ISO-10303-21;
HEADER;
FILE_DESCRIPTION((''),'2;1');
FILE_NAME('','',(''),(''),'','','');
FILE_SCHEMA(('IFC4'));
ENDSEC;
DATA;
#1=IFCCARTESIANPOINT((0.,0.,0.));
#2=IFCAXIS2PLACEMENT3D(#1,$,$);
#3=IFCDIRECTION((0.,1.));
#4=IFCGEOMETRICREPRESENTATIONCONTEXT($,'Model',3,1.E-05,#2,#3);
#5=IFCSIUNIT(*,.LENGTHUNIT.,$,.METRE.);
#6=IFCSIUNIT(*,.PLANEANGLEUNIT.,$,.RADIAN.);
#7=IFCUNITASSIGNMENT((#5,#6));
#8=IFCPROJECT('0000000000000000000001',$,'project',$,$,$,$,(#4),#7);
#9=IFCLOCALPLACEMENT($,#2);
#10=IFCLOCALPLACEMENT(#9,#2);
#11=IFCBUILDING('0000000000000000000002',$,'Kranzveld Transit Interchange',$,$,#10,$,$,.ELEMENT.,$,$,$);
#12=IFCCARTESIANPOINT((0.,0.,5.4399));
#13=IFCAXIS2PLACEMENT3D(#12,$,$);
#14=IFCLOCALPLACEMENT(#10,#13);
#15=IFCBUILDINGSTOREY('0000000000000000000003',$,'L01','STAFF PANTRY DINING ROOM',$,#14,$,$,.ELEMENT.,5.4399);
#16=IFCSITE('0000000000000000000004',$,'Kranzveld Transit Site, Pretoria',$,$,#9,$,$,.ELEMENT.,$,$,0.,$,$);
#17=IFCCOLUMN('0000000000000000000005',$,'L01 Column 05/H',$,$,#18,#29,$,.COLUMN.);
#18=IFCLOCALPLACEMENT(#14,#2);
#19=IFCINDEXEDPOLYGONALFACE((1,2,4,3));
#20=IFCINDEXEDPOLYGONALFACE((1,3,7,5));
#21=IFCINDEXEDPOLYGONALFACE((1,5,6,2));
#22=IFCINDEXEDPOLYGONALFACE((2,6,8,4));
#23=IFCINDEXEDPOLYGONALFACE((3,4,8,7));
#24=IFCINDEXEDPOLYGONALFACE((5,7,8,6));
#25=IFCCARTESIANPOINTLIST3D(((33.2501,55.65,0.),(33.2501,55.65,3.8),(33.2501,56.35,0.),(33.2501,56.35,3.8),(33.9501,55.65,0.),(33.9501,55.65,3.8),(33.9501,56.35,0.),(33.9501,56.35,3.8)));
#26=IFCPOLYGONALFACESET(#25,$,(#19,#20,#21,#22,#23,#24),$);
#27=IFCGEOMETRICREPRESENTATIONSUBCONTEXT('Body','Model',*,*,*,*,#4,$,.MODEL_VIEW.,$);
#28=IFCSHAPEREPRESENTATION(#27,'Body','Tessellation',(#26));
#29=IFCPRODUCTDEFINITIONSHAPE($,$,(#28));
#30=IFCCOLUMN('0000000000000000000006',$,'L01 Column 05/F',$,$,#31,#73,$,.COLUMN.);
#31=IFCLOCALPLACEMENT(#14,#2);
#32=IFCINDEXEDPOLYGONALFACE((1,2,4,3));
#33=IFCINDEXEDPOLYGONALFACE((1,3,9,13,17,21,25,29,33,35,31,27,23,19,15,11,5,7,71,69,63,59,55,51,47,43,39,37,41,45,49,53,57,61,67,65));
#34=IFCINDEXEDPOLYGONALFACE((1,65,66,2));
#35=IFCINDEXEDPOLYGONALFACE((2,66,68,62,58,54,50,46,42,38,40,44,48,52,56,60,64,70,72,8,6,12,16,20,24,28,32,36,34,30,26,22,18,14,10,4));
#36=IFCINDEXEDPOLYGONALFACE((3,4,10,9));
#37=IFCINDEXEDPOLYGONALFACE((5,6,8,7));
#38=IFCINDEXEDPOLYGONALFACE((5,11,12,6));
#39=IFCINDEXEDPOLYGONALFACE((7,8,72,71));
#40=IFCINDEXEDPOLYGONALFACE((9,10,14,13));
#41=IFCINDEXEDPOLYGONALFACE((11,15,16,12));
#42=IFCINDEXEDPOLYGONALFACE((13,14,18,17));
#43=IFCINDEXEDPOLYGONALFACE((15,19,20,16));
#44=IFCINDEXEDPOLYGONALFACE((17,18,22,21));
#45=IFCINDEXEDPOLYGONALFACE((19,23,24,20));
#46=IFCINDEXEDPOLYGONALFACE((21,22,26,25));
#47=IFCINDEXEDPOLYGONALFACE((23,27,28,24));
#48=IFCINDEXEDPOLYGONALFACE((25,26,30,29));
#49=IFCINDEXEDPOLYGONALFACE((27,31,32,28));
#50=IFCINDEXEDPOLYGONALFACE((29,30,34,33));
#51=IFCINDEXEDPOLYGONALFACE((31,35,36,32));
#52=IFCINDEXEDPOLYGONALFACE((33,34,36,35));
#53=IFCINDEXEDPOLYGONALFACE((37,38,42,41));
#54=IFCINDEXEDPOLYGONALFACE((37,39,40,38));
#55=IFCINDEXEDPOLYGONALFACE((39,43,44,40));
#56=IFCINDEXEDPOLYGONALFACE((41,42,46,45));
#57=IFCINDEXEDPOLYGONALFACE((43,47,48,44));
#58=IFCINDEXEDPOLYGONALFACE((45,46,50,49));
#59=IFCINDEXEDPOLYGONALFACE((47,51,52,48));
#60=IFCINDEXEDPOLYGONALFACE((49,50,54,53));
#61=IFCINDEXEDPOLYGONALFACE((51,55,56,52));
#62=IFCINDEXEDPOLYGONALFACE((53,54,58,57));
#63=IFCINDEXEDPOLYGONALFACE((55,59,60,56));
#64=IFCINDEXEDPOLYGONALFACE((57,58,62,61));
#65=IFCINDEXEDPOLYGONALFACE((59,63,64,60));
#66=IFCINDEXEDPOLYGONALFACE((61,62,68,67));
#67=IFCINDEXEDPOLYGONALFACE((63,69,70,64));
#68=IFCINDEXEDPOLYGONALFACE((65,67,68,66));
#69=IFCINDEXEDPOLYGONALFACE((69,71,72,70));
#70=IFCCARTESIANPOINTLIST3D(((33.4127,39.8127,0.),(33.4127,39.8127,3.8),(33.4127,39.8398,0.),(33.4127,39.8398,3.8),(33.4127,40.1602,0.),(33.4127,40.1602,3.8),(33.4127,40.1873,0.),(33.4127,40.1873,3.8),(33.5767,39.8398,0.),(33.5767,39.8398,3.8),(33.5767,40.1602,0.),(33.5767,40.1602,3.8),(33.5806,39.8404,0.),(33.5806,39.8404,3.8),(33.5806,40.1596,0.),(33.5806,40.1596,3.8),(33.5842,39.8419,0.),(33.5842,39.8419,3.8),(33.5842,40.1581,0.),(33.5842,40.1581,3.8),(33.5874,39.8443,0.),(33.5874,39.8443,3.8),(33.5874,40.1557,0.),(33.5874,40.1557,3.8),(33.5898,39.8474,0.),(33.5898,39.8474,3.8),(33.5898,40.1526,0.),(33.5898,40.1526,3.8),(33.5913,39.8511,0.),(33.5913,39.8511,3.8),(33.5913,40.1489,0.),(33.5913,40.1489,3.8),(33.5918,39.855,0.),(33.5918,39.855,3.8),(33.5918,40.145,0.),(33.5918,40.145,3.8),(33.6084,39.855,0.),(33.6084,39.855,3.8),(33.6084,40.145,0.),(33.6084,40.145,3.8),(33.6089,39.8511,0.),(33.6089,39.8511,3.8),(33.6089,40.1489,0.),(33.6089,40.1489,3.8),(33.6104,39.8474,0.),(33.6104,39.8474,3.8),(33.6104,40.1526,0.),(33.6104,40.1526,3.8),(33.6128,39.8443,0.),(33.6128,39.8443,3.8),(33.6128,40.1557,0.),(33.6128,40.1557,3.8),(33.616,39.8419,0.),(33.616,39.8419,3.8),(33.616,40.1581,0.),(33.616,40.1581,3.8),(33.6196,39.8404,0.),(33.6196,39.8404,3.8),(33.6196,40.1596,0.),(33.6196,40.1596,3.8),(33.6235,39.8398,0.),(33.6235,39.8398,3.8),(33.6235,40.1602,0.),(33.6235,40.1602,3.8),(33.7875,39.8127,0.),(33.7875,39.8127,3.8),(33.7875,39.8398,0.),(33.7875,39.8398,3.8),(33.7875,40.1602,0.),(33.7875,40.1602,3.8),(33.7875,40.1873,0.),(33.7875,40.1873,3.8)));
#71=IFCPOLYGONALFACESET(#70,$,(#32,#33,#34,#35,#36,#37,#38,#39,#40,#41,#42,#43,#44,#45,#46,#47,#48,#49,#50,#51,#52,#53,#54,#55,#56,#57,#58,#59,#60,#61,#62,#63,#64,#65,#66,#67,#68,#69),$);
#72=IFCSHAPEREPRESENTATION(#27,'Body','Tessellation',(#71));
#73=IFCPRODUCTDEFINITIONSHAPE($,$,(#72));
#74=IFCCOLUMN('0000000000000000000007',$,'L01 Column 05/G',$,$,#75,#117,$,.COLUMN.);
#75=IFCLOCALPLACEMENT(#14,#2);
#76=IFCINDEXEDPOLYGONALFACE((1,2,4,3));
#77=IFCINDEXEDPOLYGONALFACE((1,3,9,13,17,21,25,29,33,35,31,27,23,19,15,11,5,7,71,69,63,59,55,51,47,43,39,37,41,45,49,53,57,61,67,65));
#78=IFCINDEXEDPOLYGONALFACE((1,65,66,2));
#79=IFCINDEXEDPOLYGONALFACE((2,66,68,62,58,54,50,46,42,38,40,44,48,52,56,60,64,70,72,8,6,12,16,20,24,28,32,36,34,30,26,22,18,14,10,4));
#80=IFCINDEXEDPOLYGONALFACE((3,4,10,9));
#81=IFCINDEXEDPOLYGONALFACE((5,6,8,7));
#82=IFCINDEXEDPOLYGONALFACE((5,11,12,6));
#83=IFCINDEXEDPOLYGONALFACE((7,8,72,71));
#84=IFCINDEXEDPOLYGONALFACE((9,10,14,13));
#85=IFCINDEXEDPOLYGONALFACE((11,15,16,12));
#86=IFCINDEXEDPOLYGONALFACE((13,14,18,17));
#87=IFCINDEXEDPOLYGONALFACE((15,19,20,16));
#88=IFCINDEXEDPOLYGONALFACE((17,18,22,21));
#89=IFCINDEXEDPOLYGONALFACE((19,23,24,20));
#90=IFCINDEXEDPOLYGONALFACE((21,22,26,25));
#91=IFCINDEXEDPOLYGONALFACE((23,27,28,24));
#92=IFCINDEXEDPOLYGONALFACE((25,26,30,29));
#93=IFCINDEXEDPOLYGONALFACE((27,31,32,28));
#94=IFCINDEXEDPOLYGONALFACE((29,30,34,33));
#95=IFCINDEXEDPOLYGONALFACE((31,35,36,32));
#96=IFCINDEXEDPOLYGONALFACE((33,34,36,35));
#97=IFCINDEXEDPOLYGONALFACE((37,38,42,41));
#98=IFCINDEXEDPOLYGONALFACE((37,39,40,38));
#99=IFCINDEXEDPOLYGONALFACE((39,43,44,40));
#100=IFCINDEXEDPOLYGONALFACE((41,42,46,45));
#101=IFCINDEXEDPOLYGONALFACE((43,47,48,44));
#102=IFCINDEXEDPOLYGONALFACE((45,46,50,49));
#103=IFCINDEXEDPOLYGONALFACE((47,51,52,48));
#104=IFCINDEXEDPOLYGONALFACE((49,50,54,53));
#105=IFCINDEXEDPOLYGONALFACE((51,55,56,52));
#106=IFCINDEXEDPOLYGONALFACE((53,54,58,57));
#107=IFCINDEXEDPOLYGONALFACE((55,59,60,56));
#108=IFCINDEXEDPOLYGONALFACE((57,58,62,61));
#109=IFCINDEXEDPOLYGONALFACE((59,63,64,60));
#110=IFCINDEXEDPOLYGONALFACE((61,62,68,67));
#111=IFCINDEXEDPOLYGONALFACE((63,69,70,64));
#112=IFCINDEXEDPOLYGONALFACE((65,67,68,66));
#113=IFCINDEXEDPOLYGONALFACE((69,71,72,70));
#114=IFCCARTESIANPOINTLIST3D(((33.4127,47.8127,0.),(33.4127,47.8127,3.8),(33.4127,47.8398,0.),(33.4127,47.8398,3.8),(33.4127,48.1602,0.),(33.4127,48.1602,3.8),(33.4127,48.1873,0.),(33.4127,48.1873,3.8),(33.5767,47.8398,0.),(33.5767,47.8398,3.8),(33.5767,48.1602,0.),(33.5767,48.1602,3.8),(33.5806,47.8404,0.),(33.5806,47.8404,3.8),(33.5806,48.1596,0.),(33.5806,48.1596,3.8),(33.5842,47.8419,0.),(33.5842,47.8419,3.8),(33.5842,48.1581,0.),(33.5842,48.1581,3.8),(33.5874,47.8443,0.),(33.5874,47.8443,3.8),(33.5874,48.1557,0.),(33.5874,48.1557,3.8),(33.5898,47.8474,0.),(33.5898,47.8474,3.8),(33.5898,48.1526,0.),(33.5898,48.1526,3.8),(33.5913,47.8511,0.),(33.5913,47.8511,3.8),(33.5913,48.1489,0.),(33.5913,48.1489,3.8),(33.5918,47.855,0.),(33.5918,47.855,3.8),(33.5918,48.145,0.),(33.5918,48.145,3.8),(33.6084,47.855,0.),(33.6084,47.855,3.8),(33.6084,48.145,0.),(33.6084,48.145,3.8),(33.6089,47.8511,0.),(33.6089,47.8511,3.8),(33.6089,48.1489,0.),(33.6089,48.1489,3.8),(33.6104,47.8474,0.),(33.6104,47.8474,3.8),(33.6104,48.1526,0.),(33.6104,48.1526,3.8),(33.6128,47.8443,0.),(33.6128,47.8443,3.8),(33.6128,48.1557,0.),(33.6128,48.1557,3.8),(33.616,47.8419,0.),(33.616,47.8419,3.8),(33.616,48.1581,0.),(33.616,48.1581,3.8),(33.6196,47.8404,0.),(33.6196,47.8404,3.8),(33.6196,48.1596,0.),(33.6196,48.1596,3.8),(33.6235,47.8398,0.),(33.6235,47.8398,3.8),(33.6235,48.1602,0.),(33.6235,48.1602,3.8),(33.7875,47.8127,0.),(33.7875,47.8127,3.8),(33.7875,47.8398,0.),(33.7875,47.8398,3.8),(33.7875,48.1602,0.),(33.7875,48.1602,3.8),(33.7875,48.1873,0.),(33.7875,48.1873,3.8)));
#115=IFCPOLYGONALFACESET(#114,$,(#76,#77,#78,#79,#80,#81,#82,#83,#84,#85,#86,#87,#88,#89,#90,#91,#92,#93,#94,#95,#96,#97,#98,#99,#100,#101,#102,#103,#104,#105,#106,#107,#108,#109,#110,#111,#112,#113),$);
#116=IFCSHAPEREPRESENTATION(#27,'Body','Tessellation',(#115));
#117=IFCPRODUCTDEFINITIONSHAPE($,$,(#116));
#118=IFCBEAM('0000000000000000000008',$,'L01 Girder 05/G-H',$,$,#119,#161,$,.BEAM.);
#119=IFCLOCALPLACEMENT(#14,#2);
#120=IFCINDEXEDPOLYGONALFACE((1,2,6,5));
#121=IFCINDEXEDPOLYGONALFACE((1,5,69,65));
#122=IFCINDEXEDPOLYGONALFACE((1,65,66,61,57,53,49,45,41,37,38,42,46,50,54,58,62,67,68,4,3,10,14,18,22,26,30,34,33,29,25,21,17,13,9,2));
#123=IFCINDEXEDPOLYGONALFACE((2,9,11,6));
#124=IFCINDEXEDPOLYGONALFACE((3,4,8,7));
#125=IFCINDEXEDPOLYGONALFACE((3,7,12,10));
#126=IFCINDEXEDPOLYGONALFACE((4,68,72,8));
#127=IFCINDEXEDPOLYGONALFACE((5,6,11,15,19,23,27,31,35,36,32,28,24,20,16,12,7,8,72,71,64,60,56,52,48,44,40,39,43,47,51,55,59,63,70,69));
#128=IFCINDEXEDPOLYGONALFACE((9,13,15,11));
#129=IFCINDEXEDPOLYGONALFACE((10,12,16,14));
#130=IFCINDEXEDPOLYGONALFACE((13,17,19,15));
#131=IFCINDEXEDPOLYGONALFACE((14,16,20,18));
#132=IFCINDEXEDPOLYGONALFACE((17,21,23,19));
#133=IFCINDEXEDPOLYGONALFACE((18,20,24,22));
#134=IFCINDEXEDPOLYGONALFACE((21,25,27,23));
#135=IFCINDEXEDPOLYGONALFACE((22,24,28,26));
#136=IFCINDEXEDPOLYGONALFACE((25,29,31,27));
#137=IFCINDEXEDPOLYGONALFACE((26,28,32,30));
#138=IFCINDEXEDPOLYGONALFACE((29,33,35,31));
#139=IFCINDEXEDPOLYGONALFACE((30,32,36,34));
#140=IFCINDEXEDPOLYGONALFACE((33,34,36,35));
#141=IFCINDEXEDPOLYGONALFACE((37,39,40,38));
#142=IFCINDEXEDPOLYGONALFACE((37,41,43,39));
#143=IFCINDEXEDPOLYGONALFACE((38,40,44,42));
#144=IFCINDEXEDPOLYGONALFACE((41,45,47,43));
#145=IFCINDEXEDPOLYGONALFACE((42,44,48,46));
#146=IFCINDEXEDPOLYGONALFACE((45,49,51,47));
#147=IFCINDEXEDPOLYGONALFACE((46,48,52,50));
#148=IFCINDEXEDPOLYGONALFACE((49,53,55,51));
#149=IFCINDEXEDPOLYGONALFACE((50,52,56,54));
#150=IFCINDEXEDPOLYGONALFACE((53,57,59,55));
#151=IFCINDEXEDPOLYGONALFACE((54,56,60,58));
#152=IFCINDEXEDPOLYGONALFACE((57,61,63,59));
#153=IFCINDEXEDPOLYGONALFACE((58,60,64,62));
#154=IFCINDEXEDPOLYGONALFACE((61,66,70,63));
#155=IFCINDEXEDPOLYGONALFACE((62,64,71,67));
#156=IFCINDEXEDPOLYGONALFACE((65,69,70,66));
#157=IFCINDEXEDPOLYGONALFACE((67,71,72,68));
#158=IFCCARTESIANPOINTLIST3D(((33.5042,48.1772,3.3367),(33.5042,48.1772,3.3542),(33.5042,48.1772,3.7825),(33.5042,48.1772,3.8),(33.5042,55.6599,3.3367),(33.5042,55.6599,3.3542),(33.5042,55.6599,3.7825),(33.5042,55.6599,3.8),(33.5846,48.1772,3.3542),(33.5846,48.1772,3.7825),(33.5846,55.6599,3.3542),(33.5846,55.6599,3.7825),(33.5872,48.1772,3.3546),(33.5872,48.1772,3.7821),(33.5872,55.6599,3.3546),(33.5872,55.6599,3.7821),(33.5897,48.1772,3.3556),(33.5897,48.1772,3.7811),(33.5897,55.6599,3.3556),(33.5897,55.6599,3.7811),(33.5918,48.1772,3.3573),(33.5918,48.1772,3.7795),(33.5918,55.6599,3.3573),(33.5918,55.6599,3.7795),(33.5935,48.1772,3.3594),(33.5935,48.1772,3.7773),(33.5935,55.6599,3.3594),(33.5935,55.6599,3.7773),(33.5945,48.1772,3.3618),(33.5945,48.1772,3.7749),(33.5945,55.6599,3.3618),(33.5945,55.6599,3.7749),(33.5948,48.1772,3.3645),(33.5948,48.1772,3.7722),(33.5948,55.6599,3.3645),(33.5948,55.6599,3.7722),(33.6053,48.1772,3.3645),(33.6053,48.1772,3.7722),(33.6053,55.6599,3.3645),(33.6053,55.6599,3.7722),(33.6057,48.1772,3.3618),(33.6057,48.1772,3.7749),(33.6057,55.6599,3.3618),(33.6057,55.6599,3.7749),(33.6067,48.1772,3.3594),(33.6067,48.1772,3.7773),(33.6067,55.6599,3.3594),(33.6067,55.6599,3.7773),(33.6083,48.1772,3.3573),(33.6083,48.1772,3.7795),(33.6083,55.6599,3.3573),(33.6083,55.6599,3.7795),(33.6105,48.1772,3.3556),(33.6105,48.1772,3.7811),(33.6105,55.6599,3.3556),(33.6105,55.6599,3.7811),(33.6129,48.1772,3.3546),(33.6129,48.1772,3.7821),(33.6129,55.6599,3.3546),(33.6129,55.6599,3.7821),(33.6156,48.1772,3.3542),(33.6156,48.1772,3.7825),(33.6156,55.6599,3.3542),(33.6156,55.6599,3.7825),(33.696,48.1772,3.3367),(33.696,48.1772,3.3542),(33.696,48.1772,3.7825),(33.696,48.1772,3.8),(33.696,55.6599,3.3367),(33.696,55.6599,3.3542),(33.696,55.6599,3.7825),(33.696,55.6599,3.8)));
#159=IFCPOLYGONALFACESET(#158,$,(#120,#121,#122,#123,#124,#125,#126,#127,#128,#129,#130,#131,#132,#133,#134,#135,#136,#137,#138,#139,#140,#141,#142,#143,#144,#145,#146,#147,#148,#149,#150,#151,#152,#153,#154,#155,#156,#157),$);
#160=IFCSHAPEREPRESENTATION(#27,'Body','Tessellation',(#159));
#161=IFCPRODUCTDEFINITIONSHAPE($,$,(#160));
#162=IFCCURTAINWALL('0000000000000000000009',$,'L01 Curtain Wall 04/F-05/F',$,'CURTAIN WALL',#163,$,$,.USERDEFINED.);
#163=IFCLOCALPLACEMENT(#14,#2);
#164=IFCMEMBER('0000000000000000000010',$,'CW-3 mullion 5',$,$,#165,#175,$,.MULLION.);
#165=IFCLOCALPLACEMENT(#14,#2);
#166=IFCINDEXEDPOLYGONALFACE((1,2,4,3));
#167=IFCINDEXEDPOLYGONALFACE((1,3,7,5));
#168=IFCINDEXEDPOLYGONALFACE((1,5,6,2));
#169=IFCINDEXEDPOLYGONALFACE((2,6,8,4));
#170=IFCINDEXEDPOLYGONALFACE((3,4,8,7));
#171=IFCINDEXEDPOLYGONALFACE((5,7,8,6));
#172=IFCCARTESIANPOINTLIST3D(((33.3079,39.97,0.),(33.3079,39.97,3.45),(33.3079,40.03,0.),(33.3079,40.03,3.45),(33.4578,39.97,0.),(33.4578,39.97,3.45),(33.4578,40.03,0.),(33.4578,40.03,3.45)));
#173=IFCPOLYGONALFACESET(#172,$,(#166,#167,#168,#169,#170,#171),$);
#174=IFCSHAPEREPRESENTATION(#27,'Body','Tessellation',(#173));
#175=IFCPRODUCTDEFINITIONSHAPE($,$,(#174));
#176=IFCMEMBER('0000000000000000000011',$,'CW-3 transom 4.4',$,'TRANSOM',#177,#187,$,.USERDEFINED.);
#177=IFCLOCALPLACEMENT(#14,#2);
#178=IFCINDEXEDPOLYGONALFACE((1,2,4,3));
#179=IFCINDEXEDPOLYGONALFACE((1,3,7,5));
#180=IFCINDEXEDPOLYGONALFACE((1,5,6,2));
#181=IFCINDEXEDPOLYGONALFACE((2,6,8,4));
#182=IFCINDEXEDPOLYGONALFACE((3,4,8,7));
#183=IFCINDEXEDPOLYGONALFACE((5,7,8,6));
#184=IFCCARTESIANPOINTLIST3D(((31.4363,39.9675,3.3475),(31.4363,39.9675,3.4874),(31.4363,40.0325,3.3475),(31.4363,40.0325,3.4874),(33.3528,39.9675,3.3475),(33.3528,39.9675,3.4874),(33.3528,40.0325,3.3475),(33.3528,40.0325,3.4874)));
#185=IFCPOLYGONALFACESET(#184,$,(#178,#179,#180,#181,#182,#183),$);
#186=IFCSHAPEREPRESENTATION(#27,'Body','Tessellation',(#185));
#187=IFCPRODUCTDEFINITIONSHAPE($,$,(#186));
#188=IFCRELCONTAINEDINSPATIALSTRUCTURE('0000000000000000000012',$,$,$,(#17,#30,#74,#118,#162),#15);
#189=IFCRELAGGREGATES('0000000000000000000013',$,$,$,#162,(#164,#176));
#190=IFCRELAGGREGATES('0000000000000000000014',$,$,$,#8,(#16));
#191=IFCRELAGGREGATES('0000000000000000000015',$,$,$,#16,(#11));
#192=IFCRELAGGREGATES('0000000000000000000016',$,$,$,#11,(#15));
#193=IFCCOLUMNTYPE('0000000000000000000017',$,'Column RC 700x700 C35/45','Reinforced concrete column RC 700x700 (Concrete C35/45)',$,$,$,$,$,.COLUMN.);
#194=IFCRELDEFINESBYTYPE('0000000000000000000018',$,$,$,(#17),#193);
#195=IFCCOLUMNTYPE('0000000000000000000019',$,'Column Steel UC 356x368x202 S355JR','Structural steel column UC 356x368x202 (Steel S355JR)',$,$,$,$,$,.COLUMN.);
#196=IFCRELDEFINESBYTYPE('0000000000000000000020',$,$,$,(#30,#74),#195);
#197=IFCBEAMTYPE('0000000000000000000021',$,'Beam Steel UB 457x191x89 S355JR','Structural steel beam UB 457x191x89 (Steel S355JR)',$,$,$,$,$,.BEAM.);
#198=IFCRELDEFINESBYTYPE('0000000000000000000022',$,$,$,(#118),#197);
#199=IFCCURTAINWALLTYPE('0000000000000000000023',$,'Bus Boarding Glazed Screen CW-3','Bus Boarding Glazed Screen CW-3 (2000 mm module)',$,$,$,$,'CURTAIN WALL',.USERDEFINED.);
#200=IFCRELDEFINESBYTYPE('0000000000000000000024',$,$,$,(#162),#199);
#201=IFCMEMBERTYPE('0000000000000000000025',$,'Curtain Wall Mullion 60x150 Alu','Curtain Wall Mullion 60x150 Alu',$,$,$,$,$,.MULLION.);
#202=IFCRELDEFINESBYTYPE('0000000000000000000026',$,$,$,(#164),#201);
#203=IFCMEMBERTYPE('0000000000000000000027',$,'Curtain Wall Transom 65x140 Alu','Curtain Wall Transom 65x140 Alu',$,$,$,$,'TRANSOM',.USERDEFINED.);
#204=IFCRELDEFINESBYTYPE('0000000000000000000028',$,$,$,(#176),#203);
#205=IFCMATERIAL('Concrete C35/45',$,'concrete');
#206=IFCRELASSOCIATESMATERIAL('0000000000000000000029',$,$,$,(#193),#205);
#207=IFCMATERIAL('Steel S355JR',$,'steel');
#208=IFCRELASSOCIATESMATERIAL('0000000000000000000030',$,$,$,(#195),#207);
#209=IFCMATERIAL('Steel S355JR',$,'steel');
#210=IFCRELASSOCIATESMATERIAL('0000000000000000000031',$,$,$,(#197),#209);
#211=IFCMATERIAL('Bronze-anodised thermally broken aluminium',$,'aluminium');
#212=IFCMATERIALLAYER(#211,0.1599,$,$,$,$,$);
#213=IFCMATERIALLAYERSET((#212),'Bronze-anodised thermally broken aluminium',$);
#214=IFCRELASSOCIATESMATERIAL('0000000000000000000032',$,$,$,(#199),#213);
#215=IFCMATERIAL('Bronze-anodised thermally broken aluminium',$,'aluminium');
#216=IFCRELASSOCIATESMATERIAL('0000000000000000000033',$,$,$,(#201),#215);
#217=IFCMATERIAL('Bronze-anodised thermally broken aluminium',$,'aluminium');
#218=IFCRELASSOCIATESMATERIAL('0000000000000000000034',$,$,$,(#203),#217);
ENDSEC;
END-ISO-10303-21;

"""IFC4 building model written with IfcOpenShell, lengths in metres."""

from ifc_helpers import new_model, si_unit, direction, frame, origin, origin_2d, place, context, subcontext, project, spatial, rectangle, i_section, extrude, material, layer, layer_set, material_profile, profile_set, type_object, element, aggregate, save


model = new_model("IFC4")

# Units and contexts
model_context = context("Model", 3, precision=1e-05, world=origin(), true_north=direction((0.0, 1.0)))
body_context = subcontext(model_context, "Body", "Model", "MODEL_VIEW")
ifc_project = project(units=[si_unit("LENGTHUNIT", "METRE"), si_unit("PLANEANGLEUNIT", "RADIAN")], contexts=[model_context])

# Site, building, storey
site_placement = place(None, origin())
site = spatial("IfcSite", under=ifc_project, at=site_placement, Name="Kranzveld Transit Site, Pretoria", CompositionType="ELEMENT", RefElevation=0.0)
building_placement = place(site_placement, origin())
building = spatial("IfcBuilding", under=site, at=building_placement, Name="Kranzveld Transit Interchange", CompositionType="ELEMENT")
storey_placement = place(building_placement, frame((0.0, 0.0, 5.4399)))
storey = spatial("IfcBuildingStorey", under=building, at=storey_placement, Name="L01", Description="STAFF PANTRY DINING ROOM", CompositionType="ELEMENT", Elevation=5.4399)

# Columns
ifc_material_1 = material(Name="Concrete C35/45", Category="concrete")
ifc_material_profile_1 = material_profile(ifc_material_1, rectangle(XDim=0.7, YDim=0.7, at=origin_2d()), Name="RC 700x700")
ifc_profile_set_1 = profile_set([ifc_material_profile_1], Name="Concrete C35/45")
column_type_1 = type_object("IfcColumnType", Name="Column RC 700x700 C35/45", Description="Reinforced concrete column RC 700x700 (Concrete C35/45)", PredefinedType="COLUMN", material=ifc_profile_set_1)
column_placement = place(storey_placement, frame((33.6001, 56.0, 0.0), z_axis=(0.0, 0.0, 1.0), x_axis=(1.0, 0.0, 0.0)))
element("IfcColumn", 1, at=column_placement, inside=storey, type_object=column_type_1, Name="L01 Column 05/H", PredefinedType="COLUMN", context=body_context, shape_type="SweptSolid", body=[
    extrude(rectangle(XDim=0.7, YDim=0.7, at=origin_2d()), origin(), (0.0, 0.0, 1.0), 3.8),
])
ifc_material_2 = material(Name="Steel S355JR", Category="steel")
ifc_material_profile_2 = material_profile(ifc_material_2, i_section(OverallWidth=0.3748, OverallDepth=0.3745, WebThickness=0.0166, FlangeThickness=0.0271, FilletRadius=0.0151, at=origin_2d()), Name="UC 356x368x202")
ifc_profile_set_2 = profile_set([ifc_material_profile_2], Name="Steel S355JR")
column_type_2 = type_object("IfcColumnType", Name="Column Steel UC 356x368x202 S355JR", Description="Structural steel column UC 356x368x202 (Steel S355JR)", PredefinedType="COLUMN", material=ifc_profile_set_2)
for number, where, z_axis, x_axis, name in (
    (2, (33.6001, 40.0, 0.0), (0.0, 0.0, 1.0), (1.0, 0.0, 0.0), "L01 Column 05/F"),
    (3, (33.6001, 48.0, 0.0), (0.0, 0.0, 1.0), (1.0, 0.0, 0.0), "L01 Column 05/G"),
):
    element("IfcColumn", number, at=place(storey_placement, frame(where, z_axis=z_axis, x_axis=x_axis)), inside=storey, type_object=column_type_2, Name=name, PredefinedType="COLUMN", context=body_context, shape_type="SweptSolid", body=[
        extrude(i_section(OverallWidth=0.3748, OverallDepth=0.3745, WebThickness=0.0166, FlangeThickness=0.0271, FilletRadius=0.0151, at=origin_2d()), origin(), (0.0, 0.0, 1.0), 3.8),
    ])

# Beam
ifc_material_3 = material(Name="Steel S355JR", Category="steel")
ifc_material_profile_3 = material_profile(ifc_material_3, i_section(OverallWidth=0.1919, OverallDepth=0.4634, WebThickness=0.0105, FlangeThickness=0.0176, FilletRadius=0.0103, at=origin_2d()), Name="UB 457x191x89")
ifc_profile_set_3 = profile_set([ifc_material_profile_3], Name="Steel S355JR")
beam_type_1 = type_object("IfcBeamType", Name="Beam Steel UB 457x191x89 S355JR", Description="Structural steel beam UB 457x191x89 (Steel S355JR)", PredefinedType="BEAM", material=ifc_profile_set_3)
beam_1_placement = place(storey_placement, frame((33.6001, 48.1772, 3.5684), z_axis=(0.0, 1.0, 0.0), x_axis=(-1.0, 0.0, 0.0)))
element("IfcBeam", 4, at=beam_1_placement, inside=storey, type_object=beam_type_1, Name="L01 Girder 05/G-H", PredefinedType="BEAM", context=body_context, shape_type="SweptSolid", body=[
    extrude(i_section(OverallWidth=0.1919, OverallDepth=0.4634, WebThickness=0.0105, FlangeThickness=0.0176, FilletRadius=0.0103, at=origin_2d()), origin(), (0.0, 0.0, 1.0), 7.4827),
])

# Curtain wall, members
ifc_material_4 = material(Name="Bronze-anodised thermally broken aluminium", Category="aluminium")
ifc_layer_1 = layer(ifc_material_4, 0.1599)
ifc_layer_set_1 = layer_set([ifc_layer_1], Name="Bronze-anodised thermally broken aluminium")
curtain_wall_type = type_object("IfcCurtainWallType", Name="Bus Boarding Glazed Screen CW-3", Description="Bus Boarding Glazed Screen CW-3 (2000 mm module)", ElementType="CURTAIN WALL", PredefinedType="USERDEFINED", material=ifc_layer_set_1)
curtain_wall_placement = place(storey_placement, origin())
curtain_wall = element("IfcCurtainWall", 5, at=curtain_wall_placement, inside=storey, type_object=curtain_wall_type, Name="L01 Curtain Wall 04/F-05/F", ObjectType="CURTAIN WALL", PredefinedType="USERDEFINED")
ifc_material_5 = material(Name="Bronze-anodised thermally broken aluminium", Category="aluminium")
ifc_material_profile_4 = material_profile(ifc_material_5, rectangle(XDim=0.0601, YDim=0.1499, at=origin_2d()), Name="ALU MULLION 60x150")
ifc_profile_set_4 = profile_set([ifc_material_profile_4], Name="Bronze-anodised thermally broken aluminium")
member_type_1 = type_object("IfcMemberType", Name="Curtain Wall Mullion 60x150 Alu", Description="Curtain Wall Mullion 60x150 Alu", PredefinedType="MULLION", material=ifc_profile_set_4)
member_1_placement = place(storey_placement, frame((33.3828, 40.0, 0.0), z_axis=(0.0, 0.0, 1.0), x_axis=(0.0, 1.0, 0.0)))
member_1 = element("IfcMember", 6, at=member_1_placement, type_object=member_type_1, Name="CW-3 mullion 5", PredefinedType="MULLION", context=body_context, shape_type="SweptSolid", body=[
    extrude(rectangle(XDim=0.0601, YDim=0.1499, at=origin_2d()), origin(), (0.0, 0.0, 1.0), 3.45),
])
ifc_material_6 = material(Name="Bronze-anodised thermally broken aluminium", Category="aluminium")
ifc_material_profile_5 = material_profile(ifc_material_6, rectangle(XDim=0.0649, YDim=0.1399, at=origin_2d()), Name="ALU TRANSOM 65x140")
ifc_profile_set_5 = profile_set([ifc_material_profile_5], Name="Bronze-anodised thermally broken aluminium")
member_type_2 = type_object("IfcMemberType", Name="Curtain Wall Transom 65x140 Alu", Description="Curtain Wall Transom 65x140 Alu", ElementType="TRANSOM", PredefinedType="USERDEFINED", material=ifc_profile_set_5)
member_2_placement = place(storey_placement, frame((31.4363, 40.0, 3.4175), z_axis=(1.0, 0.0, 0.0), x_axis=(0.0, 1.0, 0.0)))
member_2 = element("IfcMember", 7, at=member_2_placement, type_object=member_type_2, Name="CW-3 transom 4.4", ObjectType="TRANSOM", PredefinedType="USERDEFINED", context=body_context, shape_type="SweptSolid", body=[
    extrude(rectangle(XDim=0.0649, YDim=0.1399, at=origin_2d()), origin(), (0.0, 0.0, 1.0), 1.9165),
])

aggregate(curtain_wall, [member_1, member_2])

save(model, "model.ifc")
